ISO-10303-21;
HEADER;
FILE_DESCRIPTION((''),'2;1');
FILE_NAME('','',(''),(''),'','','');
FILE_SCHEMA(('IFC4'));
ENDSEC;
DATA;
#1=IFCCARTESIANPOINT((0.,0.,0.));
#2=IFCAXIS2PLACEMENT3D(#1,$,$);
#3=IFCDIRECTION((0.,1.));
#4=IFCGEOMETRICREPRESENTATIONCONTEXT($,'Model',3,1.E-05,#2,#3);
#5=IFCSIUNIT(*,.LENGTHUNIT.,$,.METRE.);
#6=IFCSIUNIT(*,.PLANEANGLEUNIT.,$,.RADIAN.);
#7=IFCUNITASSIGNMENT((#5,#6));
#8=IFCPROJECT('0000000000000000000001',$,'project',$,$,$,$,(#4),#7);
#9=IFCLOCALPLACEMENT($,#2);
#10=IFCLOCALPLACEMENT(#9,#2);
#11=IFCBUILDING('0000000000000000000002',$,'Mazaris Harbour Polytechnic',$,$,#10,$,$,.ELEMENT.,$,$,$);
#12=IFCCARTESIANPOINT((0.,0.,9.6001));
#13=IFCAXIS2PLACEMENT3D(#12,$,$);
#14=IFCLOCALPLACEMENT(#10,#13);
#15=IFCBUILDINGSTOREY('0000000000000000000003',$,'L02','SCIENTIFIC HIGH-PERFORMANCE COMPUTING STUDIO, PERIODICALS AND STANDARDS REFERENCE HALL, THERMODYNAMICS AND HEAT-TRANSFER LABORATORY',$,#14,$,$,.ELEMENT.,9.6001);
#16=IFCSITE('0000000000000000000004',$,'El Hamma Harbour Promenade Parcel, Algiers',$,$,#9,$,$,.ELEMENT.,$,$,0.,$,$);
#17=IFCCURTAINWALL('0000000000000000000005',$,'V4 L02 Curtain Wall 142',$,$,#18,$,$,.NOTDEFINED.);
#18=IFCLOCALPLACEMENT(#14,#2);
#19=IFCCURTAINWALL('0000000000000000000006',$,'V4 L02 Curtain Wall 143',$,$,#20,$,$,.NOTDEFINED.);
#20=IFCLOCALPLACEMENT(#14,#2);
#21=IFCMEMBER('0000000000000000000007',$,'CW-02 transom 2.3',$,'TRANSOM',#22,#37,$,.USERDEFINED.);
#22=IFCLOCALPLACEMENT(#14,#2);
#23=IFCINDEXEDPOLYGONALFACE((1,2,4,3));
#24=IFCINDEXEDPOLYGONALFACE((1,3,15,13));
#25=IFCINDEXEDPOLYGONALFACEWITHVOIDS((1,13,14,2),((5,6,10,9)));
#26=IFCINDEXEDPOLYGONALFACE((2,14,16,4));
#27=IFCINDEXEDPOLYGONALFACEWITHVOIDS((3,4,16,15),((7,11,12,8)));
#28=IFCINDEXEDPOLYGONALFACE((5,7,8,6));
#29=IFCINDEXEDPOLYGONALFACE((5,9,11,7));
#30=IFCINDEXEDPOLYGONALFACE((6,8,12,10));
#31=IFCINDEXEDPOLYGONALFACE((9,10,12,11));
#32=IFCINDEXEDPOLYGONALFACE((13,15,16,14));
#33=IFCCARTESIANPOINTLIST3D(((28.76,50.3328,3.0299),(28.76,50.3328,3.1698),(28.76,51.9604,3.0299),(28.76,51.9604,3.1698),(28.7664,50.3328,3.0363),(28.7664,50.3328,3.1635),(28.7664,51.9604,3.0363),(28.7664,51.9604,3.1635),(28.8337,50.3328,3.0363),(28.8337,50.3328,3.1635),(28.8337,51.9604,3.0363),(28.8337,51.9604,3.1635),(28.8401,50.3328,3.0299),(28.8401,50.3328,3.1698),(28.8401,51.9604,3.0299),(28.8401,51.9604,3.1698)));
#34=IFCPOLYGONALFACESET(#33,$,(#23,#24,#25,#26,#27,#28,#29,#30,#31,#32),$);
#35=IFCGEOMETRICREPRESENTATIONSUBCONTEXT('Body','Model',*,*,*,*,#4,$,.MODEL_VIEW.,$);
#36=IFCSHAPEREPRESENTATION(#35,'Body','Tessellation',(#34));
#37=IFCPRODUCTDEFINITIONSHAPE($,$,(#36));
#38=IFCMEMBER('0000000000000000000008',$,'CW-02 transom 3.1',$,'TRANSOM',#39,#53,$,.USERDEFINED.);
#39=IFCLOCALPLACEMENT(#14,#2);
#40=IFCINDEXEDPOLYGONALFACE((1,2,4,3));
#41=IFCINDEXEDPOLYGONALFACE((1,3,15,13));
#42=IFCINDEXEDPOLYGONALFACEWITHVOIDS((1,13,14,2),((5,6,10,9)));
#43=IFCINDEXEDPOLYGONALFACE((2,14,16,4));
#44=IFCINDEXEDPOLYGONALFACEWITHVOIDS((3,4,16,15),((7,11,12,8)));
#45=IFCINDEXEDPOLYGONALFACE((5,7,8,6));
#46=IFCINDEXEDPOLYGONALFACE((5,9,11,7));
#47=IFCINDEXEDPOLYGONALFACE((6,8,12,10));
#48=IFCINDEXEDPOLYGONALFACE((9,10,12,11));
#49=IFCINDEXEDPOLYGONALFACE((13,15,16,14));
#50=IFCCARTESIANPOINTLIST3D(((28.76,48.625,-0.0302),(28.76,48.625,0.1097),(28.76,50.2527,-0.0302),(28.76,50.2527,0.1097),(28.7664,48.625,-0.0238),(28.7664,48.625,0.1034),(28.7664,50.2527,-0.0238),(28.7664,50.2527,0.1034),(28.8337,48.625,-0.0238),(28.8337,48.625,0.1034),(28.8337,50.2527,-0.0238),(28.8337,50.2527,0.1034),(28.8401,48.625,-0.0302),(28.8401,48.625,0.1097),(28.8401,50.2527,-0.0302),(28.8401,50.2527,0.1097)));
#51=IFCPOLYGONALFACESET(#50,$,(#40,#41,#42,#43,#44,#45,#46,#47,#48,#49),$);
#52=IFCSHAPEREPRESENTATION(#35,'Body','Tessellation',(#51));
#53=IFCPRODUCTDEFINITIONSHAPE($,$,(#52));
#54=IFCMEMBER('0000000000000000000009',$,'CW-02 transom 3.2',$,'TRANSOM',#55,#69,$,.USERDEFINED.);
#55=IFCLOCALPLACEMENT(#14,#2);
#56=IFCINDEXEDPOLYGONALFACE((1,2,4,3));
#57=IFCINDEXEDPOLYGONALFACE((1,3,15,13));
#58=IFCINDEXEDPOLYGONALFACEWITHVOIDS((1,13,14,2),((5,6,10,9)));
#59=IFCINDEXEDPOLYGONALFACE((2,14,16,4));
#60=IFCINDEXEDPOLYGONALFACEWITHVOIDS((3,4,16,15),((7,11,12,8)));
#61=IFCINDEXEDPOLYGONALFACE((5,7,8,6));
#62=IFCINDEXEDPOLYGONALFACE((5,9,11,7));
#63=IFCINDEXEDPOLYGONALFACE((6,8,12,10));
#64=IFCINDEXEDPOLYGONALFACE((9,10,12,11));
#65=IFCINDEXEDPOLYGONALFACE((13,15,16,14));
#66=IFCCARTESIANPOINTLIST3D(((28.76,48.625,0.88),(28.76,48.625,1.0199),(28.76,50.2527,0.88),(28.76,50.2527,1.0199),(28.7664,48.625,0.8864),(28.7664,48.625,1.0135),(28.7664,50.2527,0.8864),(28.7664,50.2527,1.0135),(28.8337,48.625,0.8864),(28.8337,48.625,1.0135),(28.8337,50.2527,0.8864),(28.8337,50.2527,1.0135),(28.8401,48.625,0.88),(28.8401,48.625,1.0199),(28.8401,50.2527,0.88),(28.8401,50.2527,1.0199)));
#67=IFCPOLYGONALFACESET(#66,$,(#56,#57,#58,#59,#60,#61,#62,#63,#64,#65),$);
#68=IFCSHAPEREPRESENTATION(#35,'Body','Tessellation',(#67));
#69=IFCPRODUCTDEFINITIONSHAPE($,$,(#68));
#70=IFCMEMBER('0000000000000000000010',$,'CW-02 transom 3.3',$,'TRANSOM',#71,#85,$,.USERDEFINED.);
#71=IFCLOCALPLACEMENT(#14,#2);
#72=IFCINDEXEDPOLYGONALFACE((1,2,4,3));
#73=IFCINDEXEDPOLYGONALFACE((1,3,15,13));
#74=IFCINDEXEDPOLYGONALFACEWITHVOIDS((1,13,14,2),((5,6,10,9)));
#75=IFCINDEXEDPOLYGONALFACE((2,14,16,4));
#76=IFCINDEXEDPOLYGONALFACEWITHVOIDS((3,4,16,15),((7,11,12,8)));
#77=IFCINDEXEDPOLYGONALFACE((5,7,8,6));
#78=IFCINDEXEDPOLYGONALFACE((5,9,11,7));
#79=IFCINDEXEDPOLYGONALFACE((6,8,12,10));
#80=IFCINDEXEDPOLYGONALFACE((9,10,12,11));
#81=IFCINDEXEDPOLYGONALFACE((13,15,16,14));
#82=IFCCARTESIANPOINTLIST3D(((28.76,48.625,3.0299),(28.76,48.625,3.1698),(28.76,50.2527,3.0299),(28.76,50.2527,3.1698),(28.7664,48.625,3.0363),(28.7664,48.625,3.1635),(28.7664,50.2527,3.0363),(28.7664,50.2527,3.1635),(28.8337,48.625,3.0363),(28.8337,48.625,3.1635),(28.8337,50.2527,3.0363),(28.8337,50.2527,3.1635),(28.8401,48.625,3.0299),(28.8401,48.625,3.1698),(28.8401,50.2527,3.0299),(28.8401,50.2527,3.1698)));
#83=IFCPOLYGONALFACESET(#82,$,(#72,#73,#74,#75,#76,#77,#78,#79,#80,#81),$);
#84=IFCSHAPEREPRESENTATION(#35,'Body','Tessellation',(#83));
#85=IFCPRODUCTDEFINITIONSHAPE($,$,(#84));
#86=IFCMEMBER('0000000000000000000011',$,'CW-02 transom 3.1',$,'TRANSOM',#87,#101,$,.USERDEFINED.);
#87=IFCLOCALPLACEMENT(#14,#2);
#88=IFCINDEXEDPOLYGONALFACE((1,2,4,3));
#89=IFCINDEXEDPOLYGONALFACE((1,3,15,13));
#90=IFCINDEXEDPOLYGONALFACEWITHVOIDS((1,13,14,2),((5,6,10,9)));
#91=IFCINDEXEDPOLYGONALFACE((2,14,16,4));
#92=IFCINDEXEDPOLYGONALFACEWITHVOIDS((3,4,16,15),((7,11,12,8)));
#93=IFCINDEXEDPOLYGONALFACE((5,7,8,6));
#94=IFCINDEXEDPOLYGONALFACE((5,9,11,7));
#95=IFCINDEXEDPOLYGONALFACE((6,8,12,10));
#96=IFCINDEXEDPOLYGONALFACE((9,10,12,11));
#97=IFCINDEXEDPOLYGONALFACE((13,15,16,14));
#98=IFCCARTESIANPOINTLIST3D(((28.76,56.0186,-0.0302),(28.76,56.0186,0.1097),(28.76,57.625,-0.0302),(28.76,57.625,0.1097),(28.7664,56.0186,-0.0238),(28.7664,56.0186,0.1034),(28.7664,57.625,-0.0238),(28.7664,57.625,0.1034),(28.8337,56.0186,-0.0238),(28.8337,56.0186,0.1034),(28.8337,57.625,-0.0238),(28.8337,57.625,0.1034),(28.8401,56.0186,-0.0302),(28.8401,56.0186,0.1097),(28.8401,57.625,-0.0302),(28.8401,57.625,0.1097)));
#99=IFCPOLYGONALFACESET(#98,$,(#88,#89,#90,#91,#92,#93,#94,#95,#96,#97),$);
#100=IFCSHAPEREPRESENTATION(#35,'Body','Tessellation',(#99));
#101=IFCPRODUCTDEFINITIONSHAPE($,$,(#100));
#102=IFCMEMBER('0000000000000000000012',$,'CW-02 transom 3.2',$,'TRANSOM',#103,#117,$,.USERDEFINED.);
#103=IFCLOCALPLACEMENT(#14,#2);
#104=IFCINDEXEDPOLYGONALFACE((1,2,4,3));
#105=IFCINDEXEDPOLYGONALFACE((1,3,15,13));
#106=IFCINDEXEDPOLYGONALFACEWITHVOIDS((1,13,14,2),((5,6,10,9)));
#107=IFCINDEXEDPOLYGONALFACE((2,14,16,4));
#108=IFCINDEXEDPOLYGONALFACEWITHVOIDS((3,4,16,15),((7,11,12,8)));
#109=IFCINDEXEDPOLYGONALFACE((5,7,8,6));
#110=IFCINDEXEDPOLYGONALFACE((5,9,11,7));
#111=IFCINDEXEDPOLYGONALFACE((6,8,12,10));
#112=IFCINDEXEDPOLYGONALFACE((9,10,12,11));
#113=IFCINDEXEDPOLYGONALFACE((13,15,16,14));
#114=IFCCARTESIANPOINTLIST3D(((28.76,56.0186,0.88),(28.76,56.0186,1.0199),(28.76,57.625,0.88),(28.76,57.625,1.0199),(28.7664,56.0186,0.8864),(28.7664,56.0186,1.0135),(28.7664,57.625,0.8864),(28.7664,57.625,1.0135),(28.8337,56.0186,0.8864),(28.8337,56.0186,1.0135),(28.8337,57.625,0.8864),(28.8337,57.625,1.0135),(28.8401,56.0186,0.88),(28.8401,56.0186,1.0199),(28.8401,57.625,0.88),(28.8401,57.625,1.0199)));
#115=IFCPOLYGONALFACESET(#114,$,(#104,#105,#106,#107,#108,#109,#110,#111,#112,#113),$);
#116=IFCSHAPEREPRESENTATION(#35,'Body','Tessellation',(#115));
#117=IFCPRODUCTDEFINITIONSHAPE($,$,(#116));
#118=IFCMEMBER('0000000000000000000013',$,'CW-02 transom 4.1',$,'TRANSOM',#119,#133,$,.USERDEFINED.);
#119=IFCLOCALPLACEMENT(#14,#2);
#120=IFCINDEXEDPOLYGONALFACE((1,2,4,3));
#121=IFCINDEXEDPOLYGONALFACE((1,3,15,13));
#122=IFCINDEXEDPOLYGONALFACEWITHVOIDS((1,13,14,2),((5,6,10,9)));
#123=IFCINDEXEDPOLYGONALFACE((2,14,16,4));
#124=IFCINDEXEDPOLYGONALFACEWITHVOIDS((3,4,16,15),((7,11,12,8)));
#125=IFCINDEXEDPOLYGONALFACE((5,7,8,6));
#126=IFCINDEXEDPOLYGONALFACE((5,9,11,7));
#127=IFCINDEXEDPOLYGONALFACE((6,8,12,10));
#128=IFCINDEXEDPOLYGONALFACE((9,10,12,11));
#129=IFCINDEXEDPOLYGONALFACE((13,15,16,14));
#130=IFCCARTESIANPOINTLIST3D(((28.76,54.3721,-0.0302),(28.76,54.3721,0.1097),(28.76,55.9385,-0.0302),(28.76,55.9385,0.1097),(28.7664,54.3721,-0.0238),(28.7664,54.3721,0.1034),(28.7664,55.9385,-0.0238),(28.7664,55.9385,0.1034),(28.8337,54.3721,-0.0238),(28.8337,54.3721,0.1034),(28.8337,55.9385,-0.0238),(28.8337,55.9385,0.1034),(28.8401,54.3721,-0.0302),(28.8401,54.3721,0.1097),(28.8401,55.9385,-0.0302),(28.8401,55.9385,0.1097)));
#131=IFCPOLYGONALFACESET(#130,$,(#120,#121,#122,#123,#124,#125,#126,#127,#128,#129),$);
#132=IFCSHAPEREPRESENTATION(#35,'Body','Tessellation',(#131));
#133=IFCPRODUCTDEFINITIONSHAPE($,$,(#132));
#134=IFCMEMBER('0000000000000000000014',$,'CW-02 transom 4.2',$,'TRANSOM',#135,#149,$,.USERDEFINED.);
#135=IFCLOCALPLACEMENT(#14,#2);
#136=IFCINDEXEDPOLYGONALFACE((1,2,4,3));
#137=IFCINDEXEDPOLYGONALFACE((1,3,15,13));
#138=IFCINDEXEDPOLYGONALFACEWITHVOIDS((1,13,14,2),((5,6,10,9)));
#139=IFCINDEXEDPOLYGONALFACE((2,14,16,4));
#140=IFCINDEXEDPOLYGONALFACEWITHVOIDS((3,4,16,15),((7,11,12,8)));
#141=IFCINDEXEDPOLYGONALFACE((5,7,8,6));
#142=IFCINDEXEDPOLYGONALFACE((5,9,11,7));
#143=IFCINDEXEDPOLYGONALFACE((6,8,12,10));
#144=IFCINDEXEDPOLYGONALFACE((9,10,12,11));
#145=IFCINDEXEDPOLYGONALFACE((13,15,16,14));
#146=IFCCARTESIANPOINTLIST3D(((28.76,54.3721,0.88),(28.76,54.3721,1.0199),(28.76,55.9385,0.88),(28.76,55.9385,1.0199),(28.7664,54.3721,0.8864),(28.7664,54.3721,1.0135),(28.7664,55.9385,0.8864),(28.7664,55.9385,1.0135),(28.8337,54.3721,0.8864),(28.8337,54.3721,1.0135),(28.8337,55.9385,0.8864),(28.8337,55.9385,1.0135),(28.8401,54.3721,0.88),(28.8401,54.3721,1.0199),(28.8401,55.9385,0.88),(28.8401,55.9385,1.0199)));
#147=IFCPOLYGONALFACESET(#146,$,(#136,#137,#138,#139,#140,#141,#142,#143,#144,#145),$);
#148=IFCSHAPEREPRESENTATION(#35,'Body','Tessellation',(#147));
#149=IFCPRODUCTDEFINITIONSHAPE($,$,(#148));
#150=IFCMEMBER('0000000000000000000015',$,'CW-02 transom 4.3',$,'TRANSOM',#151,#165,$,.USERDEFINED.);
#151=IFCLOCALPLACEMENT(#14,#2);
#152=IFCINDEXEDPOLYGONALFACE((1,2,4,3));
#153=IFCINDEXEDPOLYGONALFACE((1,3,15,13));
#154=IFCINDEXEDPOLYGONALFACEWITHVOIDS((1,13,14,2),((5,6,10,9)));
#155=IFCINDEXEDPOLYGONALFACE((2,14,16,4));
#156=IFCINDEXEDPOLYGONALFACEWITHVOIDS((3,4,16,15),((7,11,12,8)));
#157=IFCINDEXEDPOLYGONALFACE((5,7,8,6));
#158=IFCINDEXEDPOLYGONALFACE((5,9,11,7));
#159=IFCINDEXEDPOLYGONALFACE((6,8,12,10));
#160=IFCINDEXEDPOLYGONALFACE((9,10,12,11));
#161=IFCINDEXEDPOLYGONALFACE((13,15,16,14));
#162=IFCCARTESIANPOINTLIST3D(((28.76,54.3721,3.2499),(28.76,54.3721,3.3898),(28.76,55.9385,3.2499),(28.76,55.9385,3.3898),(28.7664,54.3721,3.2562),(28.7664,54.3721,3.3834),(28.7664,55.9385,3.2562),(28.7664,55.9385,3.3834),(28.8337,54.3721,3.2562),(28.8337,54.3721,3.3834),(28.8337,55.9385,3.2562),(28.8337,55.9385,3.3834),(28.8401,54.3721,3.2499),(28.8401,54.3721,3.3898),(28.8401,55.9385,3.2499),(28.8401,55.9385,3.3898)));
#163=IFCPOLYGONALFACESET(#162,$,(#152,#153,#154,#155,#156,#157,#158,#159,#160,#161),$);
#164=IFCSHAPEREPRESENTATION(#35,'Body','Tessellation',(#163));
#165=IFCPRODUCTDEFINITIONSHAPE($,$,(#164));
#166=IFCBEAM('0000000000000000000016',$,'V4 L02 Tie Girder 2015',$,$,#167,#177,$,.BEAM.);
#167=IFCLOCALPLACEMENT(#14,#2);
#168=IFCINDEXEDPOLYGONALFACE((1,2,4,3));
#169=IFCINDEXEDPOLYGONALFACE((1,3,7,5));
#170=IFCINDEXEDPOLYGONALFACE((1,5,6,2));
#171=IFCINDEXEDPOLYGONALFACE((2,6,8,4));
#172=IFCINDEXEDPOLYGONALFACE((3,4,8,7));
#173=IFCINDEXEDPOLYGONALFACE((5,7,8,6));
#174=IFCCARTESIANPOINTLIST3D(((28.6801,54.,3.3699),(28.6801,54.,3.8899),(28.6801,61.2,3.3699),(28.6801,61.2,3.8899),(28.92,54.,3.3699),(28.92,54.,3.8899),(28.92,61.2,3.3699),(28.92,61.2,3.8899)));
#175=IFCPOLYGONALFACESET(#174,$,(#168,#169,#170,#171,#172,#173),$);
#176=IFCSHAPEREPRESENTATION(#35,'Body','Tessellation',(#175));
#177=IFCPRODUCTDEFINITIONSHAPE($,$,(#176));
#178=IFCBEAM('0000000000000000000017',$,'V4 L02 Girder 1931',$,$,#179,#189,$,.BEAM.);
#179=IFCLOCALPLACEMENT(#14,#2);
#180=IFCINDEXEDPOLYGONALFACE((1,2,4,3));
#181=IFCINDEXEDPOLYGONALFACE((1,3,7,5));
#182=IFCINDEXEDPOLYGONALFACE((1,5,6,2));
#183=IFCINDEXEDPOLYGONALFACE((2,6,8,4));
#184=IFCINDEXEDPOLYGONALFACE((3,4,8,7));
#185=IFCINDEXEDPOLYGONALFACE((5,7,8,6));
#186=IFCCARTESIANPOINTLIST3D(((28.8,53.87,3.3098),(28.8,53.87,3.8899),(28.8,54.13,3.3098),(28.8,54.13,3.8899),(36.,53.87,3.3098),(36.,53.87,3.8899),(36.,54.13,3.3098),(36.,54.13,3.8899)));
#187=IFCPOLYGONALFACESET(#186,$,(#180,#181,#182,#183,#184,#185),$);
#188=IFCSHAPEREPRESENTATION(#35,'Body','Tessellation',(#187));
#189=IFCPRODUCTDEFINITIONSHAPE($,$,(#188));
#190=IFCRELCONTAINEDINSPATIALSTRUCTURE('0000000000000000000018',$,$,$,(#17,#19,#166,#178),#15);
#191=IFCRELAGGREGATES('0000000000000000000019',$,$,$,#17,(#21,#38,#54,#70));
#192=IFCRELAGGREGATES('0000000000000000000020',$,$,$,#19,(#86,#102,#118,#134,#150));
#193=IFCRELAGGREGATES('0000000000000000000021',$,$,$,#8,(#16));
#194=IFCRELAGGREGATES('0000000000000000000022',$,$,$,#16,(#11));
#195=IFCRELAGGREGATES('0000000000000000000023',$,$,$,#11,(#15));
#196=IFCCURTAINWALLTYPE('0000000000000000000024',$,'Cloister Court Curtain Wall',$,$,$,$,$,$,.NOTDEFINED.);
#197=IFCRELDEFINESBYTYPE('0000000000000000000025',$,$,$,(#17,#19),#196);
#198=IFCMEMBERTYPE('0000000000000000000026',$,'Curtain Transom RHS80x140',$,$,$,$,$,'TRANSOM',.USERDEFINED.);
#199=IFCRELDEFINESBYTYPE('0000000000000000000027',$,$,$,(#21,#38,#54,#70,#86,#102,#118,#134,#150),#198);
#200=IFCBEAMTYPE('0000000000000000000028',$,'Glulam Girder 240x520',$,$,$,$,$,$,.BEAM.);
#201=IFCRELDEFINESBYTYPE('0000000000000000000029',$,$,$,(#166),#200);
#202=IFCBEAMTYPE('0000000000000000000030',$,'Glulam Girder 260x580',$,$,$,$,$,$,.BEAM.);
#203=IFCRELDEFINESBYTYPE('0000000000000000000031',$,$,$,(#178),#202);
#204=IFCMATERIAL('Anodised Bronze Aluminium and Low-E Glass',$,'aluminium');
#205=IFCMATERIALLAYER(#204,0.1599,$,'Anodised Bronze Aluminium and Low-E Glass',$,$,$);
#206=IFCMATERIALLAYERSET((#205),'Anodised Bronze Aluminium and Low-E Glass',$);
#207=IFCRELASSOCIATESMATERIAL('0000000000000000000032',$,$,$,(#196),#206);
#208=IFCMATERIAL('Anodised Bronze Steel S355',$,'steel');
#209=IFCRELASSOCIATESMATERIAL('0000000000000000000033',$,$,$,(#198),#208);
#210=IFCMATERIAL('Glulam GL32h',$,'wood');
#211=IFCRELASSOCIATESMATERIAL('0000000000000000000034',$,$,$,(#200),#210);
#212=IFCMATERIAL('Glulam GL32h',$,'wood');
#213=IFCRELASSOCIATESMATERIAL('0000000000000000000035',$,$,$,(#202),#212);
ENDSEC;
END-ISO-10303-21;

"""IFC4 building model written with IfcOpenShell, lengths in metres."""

from ifc_helpers import new_model, si_unit, direction, frame, origin, origin_2d, place, context, subcontext, project, spatial, rectangle, hollow_rectangle, extrude, material, layer, layer_set, material_profile, profile_set, type_object, element, aggregate, save


model = new_model("IFC4")

# Units and contexts
model_context = context("Model", 3, precision=1e-05, world=origin(), true_north=direction((0.0, 1.0)))
body_context = subcontext(model_context, "Body", "Model", "MODEL_VIEW")
ifc_project = project(units=[si_unit("LENGTHUNIT", "METRE"), si_unit("PLANEANGLEUNIT", "RADIAN")], contexts=[model_context])

# Site, building, storey
site_placement = place(None, origin())
site = spatial("IfcSite", under=ifc_project, at=site_placement, Name="El Hamma Harbour Promenade Parcel, Algiers", CompositionType="ELEMENT", RefElevation=0.0)
building_placement = place(site_placement, origin())
building = spatial("IfcBuilding", under=site, at=building_placement, Name="Mazaris Harbour Polytechnic", CompositionType="ELEMENT")
storey_placement = place(building_placement, frame((0.0, 0.0, 9.6001)))
storey = spatial("IfcBuildingStorey", under=building, at=storey_placement, Name="L02", Description="SCIENTIFIC HIGH-PERFORMANCE COMPUTING STUDIO, PERIODICALS AND STANDARDS REFERENCE HALL, THERMODYNAMICS AND HEAT-TRANSFER LABORATORY", CompositionType="ELEMENT", Elevation=9.6001)

# Curtain walls
ifc_material_1 = material(Name="Anodised Bronze Aluminium and Low-E Glass", Category="aluminium")
ifc_layer_1 = layer(ifc_material_1, 0.1599, Name="Anodised Bronze Aluminium and Low-E Glass")
ifc_layer_set_1 = layer_set([ifc_layer_1], Name="Anodised Bronze Aluminium and Low-E Glass")
curtain_wall_type = type_object("IfcCurtainWallType", Name="Cloister Court Curtain Wall", PredefinedType="NOTDEFINED", material=ifc_layer_set_1)
curtain_wall_1_placement = place(storey_placement, origin())
curtain_wall_1 = element("IfcCurtainWall", 1, at=curtain_wall_1_placement, inside=storey, type_object=curtain_wall_type, Name="V4 L02 Curtain Wall 142", PredefinedType="NOTDEFINED")
curtain_wall_2_placement = place(storey_placement, origin())
curtain_wall_2 = element("IfcCurtainWall", 2, at=curtain_wall_2_placement, inside=storey, type_object=curtain_wall_type, Name="V4 L02 Curtain Wall 143", PredefinedType="NOTDEFINED")

# Members
ifc_material_2 = material(Name="Anodised Bronze Steel S355", Category="steel")
ifc_material_profile_1 = material_profile(ifc_material_2, hollow_rectangle(XDim=0.0801, YDim=0.1399, WallThickness=0.0063, at=origin_2d()), Name="RHS 80x140x6.3")
ifc_profile_set_1 = profile_set([ifc_material_profile_1], Name="Anodised Bronze Steel S355")
member_type_1 = type_object("IfcMemberType", Name="Curtain Transom RHS80x140", ElementType="TRANSOM", PredefinedType="USERDEFINED", material=ifc_profile_set_1)
member_1_placement = place(storey_placement, frame((28.8, 51.9604, 3.0999), z_axis=(0.0, -1.0, 0.0), x_axis=(1.0, 0.0, 0.0)))
member_1 = element("IfcMember", 3, at=member_1_placement, type_object=member_type_1, Name="CW-02 transom 2.3", ObjectType="TRANSOM", PredefinedType="USERDEFINED", context=body_context, shape_type="SweptSolid", body=[
    extrude(hollow_rectangle(XDim=0.0801, YDim=0.1399, WallThickness=0.0063, at=origin_2d()), origin(), (0.0, 0.0, 1.0), 1.6277),
])
member_2_placement = place(storey_placement, frame((28.8, 50.2527, 0.0398), z_axis=(0.0, -1.0, 0.0), x_axis=(1.0, 0.0, 0.0)))
member_2 = element("IfcMember", 4, at=member_2_placement, type_object=member_type_1, Name="CW-02 transom 3.1", ObjectType="TRANSOM", PredefinedType="USERDEFINED", context=body_context, shape_type="SweptSolid", body=[
    extrude(hollow_rectangle(XDim=0.0801, YDim=0.1399, WallThickness=0.0063, at=origin_2d()), origin(), (0.0, 0.0, 1.0), 1.6277),
])
member_3_placement = place(storey_placement, frame((28.8, 50.2527, 0.95), z_axis=(0.0, -1.0, 0.0), x_axis=(1.0, 0.0, 0.0)))
member_3 = element("IfcMember", 5, at=member_3_placement, type_object=member_type_1, Name="CW-02 transom 3.2", ObjectType="TRANSOM", PredefinedType="USERDEFINED", context=body_context, shape_type="SweptSolid", body=[
    extrude(hollow_rectangle(XDim=0.0801, YDim=0.1399, WallThickness=0.0063, at=origin_2d()), origin(), (0.0, 0.0, 1.0), 1.6277),
])
member_4_placement = place(storey_placement, frame((28.8, 50.2527, 3.0999), z_axis=(0.0, -1.0, 0.0), x_axis=(1.0, 0.0, 0.0)))
member_4 = element("IfcMember", 6, at=member_4_placement, type_object=member_type_1, Name="CW-02 transom 3.3", ObjectType="TRANSOM", PredefinedType="USERDEFINED", context=body_context, shape_type="SweptSolid", body=[
    extrude(hollow_rectangle(XDim=0.0801, YDim=0.1399, WallThickness=0.0063, at=origin_2d()), origin(), (0.0, 0.0, 1.0), 1.6277),
])
member_5_placement = place(storey_placement, frame((28.8, 57.625, 0.0398), z_axis=(0.0, -1.0, 0.0), x_axis=(1.0, 0.0, 0.0)))
member_5 = element("IfcMember", 7, at=member_5_placement, type_object=member_type_1, Name="CW-02 transom 3.1", ObjectType="TRANSOM", PredefinedType="USERDEFINED", context=body_context, shape_type="SweptSolid", body=[
    extrude(hollow_rectangle(XDim=0.0801, YDim=0.1399, WallThickness=0.0063, at=origin_2d()), origin(), (0.0, 0.0, 1.0), 1.6064),
])
member_6_placement = place(storey_placement, frame((28.8, 57.625, 0.95), z_axis=(0.0, -1.0, 0.0), x_axis=(1.0, 0.0, 0.0)))
member_6 = element("IfcMember", 8, at=member_6_placement, type_object=member_type_1, Name="CW-02 transom 3.2", ObjectType="TRANSOM", PredefinedType="USERDEFINED", context=body_context, shape_type="SweptSolid", body=[
    extrude(hollow_rectangle(XDim=0.0801, YDim=0.1399, WallThickness=0.0063, at=origin_2d()), origin(), (0.0, 0.0, 1.0), 1.6064),
])
member_7_placement = place(storey_placement, frame((28.8, 55.9385, 0.0398), z_axis=(0.0, -1.0, 0.0), x_axis=(1.0, 0.0, 0.0)))
member_7 = element("IfcMember", 9, at=member_7_placement, type_object=member_type_1, Name="CW-02 transom 4.1", ObjectType="TRANSOM", PredefinedType="USERDEFINED", context=body_context, shape_type="SweptSolid", body=[
    extrude(hollow_rectangle(XDim=0.0801, YDim=0.1399, WallThickness=0.0063, at=origin_2d()), origin(), (0.0, 0.0, 1.0), 1.5664),
])
member_8_placement = place(storey_placement, frame((28.8, 55.9385, 0.95), z_axis=(0.0, -1.0, 0.0), x_axis=(1.0, 0.0, 0.0)))
member_8 = element("IfcMember", 10, at=member_8_placement, type_object=member_type_1, Name="CW-02 transom 4.2", ObjectType="TRANSOM", PredefinedType="USERDEFINED", context=body_context, shape_type="SweptSolid", body=[
    extrude(hollow_rectangle(XDim=0.0801, YDim=0.1399, WallThickness=0.0063, at=origin_2d()), origin(), (0.0, 0.0, 1.0), 1.5664),
])
member_9_placement = place(storey_placement, frame((28.8, 55.9385, 3.3198), z_axis=(0.0, -1.0, 0.0), x_axis=(1.0, 0.0, 0.0)))
member_9 = element("IfcMember", 11, at=member_9_placement, type_object=member_type_1, Name="CW-02 transom 4.3", ObjectType="TRANSOM", PredefinedType="USERDEFINED", context=body_context, shape_type="SweptSolid", body=[
    extrude(hollow_rectangle(XDim=0.0801, YDim=0.1399, WallThickness=0.0063, at=origin_2d()), origin(), (0.0, 0.0, 1.0), 1.5664),
])

# Beams
ifc_material_3 = material(Name="Glulam GL32h", Category="wood")
ifc_material_profile_2 = material_profile(ifc_material_3, rectangle(XDim=0.24, YDim=0.52, at=origin_2d()), Name="RECT240x520")
ifc_profile_set_2 = profile_set([ifc_material_profile_2], Name="Glulam GL32h")
beam_type_1 = type_object("IfcBeamType", Name="Glulam Girder 240x520", PredefinedType="BEAM", material=ifc_profile_set_2)
beam_1_placement = place(storey_placement, frame((28.8, 54.0, 3.6299), z_axis=(0.0, 1.0, 0.0), x_axis=(-1.0, 0.0, 0.0)))
element("IfcBeam", 12, at=beam_1_placement, inside=storey, type_object=beam_type_1, Name="V4 L02 Tie Girder 2015", PredefinedType="BEAM", context=body_context, shape_type="SweptSolid", body=[
    extrude(rectangle(XDim=0.24, YDim=0.52, at=origin_2d()), origin(), (0.0, 0.0, 1.0), 7.2),
])
ifc_material_4 = material(Name="Glulam GL32h", Category="wood")
ifc_material_profile_3 = material_profile(ifc_material_4, rectangle(XDim=0.26, YDim=0.5801, at=origin_2d()), Name="RECT260x580")
ifc_profile_set_3 = profile_set([ifc_material_profile_3], Name="Glulam GL32h")
beam_type_2 = type_object("IfcBeamType", Name="Glulam Girder 260x580", PredefinedType="BEAM", material=ifc_profile_set_3)
beam_2_placement = place(storey_placement, frame((28.8, 54.0, 3.5999), z_axis=(1.0, 0.0, 0.0), x_axis=(0.0, 1.0, 0.0)))
element("IfcBeam", 13, at=beam_2_placement, inside=storey, type_object=beam_type_2, Name="V4 L02 Girder 1931", PredefinedType="BEAM", context=body_context, shape_type="SweptSolid", body=[
    extrude(rectangle(XDim=0.26, YDim=0.5801, at=origin_2d()), origin(), (0.0, 0.0, 1.0), 7.2),
])

aggregate(curtain_wall_1, [member_1, member_2, member_3, member_4])
aggregate(curtain_wall_2, [member_5, member_6, member_7, member_8, member_9])

save(model, "model.ifc")
